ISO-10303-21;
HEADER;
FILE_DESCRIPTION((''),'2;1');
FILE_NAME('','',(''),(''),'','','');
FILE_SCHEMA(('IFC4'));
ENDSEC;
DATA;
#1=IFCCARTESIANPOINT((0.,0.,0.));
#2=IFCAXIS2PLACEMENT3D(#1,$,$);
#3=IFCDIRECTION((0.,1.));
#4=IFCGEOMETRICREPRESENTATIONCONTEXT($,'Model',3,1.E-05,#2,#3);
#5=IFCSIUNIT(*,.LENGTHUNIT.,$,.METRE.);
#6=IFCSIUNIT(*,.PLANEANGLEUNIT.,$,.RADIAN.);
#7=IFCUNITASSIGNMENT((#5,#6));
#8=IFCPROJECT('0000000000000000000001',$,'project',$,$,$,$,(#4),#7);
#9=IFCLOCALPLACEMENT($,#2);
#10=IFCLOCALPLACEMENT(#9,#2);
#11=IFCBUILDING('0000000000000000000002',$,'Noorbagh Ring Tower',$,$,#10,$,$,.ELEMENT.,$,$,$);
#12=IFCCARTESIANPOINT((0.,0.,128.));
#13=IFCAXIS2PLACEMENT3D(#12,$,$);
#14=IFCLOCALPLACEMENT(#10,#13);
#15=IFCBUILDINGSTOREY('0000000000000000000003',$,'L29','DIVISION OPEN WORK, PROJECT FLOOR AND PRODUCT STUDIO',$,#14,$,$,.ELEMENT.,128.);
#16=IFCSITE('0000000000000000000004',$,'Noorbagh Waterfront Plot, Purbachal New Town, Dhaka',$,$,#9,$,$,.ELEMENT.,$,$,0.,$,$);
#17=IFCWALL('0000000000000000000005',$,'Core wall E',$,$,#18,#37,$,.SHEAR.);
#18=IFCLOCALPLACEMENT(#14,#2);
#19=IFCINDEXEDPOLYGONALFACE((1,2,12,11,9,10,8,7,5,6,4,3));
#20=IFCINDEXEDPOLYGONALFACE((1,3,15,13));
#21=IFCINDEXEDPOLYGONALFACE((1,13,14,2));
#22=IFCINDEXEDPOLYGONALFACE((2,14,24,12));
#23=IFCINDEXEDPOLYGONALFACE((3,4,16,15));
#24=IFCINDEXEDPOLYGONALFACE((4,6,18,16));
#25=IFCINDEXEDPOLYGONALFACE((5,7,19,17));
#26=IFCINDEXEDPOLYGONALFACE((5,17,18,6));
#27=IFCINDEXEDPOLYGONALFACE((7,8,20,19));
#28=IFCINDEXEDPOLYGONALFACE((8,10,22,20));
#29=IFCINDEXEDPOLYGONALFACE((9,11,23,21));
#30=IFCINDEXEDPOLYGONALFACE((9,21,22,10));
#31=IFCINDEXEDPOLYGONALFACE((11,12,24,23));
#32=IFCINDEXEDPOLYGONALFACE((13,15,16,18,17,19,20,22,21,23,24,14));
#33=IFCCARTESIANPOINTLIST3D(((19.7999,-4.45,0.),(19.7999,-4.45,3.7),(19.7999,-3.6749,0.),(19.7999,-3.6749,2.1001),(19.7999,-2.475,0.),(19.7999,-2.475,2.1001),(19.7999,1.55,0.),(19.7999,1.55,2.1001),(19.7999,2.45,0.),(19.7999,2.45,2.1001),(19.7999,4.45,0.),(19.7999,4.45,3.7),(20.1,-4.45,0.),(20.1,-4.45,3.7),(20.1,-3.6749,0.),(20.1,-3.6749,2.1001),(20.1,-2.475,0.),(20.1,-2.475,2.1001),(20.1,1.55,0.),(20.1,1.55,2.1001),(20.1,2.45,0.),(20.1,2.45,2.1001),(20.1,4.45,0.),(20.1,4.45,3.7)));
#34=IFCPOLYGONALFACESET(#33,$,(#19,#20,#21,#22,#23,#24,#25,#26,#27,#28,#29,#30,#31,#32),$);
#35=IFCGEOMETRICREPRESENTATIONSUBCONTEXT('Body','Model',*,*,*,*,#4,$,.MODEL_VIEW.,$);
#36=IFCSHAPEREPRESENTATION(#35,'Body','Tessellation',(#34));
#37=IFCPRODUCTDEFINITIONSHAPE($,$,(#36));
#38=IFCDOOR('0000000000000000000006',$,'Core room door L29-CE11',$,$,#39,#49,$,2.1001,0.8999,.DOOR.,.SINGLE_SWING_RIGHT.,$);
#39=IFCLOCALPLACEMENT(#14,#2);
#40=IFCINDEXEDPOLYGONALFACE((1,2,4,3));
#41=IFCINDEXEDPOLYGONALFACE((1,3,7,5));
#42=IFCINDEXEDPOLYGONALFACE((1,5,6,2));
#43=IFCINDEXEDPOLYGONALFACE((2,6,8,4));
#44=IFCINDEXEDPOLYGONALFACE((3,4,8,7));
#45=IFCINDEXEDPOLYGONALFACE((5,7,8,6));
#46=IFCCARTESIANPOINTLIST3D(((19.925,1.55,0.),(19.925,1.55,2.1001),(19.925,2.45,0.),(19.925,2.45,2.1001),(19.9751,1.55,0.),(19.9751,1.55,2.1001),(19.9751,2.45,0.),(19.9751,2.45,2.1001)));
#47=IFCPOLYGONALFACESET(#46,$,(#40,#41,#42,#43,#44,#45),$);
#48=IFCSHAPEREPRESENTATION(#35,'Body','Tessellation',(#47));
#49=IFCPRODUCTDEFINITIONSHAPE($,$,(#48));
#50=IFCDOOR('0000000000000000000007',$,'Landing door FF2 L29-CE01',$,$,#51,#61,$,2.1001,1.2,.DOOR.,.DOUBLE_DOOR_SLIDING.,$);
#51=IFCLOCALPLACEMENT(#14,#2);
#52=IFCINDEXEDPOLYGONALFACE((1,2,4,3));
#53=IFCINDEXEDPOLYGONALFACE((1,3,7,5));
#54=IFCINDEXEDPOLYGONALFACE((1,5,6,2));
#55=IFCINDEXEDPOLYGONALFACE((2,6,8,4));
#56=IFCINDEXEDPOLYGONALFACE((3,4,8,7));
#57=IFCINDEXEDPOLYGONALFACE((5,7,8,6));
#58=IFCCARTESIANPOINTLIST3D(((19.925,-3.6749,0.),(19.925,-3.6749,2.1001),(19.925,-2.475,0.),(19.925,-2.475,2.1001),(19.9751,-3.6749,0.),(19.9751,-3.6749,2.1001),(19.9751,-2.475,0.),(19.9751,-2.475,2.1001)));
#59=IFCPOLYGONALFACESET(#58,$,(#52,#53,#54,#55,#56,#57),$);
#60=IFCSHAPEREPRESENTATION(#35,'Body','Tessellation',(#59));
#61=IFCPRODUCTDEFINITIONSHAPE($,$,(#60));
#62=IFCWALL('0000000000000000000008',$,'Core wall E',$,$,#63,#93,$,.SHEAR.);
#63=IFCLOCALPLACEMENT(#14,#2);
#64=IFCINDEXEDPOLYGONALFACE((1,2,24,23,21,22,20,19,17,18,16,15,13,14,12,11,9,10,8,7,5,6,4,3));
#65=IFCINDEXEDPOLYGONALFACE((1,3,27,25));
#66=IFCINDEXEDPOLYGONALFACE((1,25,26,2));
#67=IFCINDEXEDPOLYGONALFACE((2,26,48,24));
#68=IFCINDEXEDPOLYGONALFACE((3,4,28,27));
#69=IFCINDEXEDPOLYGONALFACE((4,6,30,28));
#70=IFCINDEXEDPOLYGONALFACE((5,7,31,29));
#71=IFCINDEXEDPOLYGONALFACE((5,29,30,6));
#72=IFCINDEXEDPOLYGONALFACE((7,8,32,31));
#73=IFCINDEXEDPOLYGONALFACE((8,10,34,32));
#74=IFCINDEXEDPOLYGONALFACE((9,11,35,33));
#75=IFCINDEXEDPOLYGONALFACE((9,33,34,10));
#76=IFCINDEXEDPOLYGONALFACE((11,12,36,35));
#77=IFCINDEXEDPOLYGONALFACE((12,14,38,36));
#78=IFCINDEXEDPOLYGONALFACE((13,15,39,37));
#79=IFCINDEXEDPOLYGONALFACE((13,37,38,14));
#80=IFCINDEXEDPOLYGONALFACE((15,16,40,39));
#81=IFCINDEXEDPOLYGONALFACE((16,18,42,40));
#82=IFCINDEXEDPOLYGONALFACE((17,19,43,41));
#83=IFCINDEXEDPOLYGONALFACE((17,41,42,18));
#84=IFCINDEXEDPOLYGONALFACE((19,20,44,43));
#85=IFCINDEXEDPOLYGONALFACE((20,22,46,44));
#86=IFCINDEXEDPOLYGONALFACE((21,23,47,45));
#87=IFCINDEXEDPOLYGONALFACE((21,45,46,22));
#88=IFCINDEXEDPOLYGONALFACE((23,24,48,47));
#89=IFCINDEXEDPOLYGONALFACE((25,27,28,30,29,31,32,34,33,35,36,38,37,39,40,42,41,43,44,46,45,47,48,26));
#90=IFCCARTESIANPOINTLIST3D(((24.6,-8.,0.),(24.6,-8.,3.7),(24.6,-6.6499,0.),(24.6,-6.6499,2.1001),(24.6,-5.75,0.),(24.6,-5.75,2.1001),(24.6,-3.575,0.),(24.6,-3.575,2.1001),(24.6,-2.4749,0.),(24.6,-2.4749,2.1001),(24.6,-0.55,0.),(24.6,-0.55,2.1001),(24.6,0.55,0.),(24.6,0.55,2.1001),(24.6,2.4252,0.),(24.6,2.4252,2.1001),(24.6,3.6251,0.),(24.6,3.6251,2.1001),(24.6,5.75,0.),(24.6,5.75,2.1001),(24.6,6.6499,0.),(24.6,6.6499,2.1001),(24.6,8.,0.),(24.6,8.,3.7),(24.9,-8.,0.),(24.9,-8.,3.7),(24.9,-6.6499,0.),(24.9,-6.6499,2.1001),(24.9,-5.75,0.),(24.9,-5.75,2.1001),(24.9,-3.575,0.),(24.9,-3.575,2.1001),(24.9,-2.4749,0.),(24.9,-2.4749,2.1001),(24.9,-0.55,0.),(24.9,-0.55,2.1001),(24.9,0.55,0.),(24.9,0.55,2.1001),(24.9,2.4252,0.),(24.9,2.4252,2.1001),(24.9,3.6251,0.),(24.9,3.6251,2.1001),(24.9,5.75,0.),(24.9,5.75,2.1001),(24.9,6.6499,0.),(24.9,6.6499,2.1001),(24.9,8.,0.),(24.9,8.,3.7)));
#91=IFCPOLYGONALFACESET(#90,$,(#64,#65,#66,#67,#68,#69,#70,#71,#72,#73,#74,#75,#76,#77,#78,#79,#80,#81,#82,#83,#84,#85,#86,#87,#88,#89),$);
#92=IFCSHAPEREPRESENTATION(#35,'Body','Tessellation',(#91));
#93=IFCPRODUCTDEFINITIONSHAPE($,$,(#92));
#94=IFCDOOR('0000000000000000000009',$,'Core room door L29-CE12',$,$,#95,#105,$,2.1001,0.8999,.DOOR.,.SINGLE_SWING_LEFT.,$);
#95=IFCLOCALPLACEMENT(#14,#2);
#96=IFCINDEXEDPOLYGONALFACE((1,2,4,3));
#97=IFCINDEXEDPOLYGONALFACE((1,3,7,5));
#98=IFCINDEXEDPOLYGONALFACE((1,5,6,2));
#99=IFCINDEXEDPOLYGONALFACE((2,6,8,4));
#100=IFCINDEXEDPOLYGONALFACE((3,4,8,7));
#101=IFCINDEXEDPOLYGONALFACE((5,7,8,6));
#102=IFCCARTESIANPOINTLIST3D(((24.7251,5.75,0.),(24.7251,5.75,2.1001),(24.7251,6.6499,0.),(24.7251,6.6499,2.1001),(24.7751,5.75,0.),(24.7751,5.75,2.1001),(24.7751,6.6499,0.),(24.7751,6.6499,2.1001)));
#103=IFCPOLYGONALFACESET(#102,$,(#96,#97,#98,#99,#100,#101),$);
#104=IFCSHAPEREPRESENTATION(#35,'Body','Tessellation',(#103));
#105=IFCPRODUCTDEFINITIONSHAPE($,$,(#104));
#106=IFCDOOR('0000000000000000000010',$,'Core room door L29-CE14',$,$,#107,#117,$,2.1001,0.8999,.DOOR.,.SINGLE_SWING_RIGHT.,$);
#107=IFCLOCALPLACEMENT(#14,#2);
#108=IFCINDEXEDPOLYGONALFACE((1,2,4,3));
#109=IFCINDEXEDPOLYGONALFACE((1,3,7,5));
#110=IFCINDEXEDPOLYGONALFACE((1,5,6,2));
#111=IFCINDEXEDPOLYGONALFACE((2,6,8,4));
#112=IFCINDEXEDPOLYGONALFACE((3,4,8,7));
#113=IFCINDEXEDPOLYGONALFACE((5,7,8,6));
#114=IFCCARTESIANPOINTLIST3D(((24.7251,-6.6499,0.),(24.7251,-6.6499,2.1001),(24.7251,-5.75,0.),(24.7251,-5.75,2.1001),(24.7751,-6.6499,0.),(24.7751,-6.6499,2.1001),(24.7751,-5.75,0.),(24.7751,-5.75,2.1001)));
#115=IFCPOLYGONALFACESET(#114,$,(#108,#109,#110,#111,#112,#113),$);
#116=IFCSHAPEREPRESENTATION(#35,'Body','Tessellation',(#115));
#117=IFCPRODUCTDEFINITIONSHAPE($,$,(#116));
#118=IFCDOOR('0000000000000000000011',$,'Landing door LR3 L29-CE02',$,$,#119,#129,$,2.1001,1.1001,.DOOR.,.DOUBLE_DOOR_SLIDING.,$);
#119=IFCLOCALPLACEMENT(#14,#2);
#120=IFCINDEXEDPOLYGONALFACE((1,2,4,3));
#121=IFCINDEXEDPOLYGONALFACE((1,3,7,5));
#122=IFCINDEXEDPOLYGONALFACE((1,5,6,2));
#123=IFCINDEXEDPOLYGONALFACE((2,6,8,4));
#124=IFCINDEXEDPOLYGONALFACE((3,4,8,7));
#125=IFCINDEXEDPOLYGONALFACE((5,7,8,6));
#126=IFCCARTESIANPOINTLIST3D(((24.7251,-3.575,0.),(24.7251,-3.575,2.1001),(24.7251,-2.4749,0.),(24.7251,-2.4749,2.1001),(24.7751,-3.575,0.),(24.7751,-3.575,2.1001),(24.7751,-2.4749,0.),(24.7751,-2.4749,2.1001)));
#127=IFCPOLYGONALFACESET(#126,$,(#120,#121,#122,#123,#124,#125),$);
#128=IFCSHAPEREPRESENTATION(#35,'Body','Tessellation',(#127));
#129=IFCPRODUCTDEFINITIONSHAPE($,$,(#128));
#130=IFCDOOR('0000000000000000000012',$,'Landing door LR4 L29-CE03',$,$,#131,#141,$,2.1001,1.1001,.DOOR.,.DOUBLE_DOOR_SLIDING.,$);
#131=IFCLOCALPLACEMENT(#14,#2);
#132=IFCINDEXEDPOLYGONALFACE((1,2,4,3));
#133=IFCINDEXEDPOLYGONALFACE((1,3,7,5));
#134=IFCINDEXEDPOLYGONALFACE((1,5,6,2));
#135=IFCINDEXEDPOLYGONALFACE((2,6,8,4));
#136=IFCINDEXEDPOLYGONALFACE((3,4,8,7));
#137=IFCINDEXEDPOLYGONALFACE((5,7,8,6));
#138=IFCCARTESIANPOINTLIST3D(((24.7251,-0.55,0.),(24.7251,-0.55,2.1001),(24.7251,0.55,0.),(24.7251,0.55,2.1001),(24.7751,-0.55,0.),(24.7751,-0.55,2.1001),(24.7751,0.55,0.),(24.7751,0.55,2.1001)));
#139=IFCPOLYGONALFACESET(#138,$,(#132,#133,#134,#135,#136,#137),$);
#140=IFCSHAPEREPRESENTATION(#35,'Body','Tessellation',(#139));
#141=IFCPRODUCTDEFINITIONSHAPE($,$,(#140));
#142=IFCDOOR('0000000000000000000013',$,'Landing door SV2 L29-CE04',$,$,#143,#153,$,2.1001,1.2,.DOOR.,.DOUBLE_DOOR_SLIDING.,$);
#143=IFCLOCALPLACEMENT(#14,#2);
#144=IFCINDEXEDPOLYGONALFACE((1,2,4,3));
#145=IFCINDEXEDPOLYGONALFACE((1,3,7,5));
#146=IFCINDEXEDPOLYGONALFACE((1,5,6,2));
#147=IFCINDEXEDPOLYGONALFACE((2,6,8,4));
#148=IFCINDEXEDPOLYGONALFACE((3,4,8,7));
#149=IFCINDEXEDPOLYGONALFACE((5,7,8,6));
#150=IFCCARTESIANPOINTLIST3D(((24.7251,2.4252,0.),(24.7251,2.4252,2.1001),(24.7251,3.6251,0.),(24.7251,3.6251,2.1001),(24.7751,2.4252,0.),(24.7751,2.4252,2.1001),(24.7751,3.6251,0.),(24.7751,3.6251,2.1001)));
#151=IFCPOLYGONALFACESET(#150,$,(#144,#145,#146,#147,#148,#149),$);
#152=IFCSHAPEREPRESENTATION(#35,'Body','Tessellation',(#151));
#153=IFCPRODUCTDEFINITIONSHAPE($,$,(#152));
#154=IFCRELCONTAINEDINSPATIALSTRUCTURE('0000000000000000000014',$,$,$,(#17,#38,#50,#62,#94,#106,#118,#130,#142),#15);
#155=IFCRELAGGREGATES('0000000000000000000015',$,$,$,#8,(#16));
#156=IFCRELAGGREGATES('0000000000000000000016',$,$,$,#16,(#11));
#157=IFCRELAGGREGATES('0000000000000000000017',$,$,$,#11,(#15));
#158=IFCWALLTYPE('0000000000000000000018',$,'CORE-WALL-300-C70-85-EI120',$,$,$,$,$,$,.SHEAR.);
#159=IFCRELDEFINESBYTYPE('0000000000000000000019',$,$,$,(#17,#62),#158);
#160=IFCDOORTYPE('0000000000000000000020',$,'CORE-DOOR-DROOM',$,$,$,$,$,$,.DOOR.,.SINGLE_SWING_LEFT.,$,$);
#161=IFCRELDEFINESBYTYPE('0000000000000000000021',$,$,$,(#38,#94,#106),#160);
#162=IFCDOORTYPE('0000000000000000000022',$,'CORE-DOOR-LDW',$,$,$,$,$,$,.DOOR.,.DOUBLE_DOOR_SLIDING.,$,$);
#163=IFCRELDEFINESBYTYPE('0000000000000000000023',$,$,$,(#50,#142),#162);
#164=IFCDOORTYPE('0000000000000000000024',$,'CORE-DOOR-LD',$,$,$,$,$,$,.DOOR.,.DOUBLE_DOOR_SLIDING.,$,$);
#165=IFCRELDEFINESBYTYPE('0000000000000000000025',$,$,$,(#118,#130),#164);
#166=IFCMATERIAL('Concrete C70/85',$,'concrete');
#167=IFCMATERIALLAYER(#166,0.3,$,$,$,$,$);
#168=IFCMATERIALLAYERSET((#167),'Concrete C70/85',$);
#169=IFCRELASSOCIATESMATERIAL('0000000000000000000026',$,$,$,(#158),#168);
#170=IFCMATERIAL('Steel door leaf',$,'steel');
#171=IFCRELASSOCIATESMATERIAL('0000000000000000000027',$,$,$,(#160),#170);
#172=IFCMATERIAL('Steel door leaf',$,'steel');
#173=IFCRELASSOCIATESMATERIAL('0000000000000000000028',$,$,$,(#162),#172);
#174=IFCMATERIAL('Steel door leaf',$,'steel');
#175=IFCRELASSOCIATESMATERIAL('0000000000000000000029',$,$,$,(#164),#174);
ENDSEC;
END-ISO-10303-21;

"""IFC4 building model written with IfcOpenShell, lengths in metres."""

from ifc_helpers import new_model, si_unit, direction, frame, frame_2d, origin, place, context, subcontext, project, spatial, rectangle, extrude, material, layer, layer_set, type_object, element, fill, save


model = new_model("IFC4")

# Units and contexts
model_context = context("Model", 3, precision=1e-05, world=origin(), true_north=direction((0.0, 1.0)))
body_context = subcontext(model_context, "Body", "Model", "MODEL_VIEW")
ifc_project = project(units=[si_unit("LENGTHUNIT", "METRE"), si_unit("PLANEANGLEUNIT", "RADIAN")], contexts=[model_context])

# Site, building, storey
site_placement = place(None, origin())
site = spatial("IfcSite", under=ifc_project, at=site_placement, Name="Noorbagh Waterfront Plot, Purbachal New Town, Dhaka", CompositionType="ELEMENT", RefElevation=0.0)
building_placement = place(site_placement, origin())
building = spatial("IfcBuilding", under=site, at=building_placement, Name="Noorbagh Ring Tower", CompositionType="ELEMENT")
storey_placement = place(building_placement, frame((0.0, 0.0, 128.0)))
storey = spatial("IfcBuildingStorey", under=building, at=storey_placement, Name="L29", Description="DIVISION OPEN WORK, PROJECT FLOOR AND PRODUCT STUDIO", CompositionType="ELEMENT", Elevation=128.0)

# Shared definitions
ifc_material_1 = material(Name="Concrete C70/85", Category="concrete")
ifc_layer_1 = layer(ifc_material_1, 0.3)
ifc_layer_set_1 = layer_set([ifc_layer_1], Name="Concrete C70/85")
wall_type_1 = type_object("IfcWallType", Name="CORE-WALL-300-C70-85-EI120", PredefinedType="SHEAR", material=ifc_layer_set_1)

# Walls, openings, doors
wall_1_placement = place(storey_placement, frame((19.95, -4.45, 0.0), z_axis=(0.0, 0.0, 1.0), x_axis=(0.0, 1.0, 0.0)))
wall_1 = element("IfcWall", 1, at=wall_1_placement, inside=storey, type_object=wall_type_1, Name="Core wall E", PredefinedType="SHEAR", context=body_context, shape_type="SweptSolid", body=[
    extrude(rectangle(XDim=8.8999, YDim=0.3, at=frame_2d((4.45, 0.0))), origin(), (0.0, 0.0, 1.0), 3.7),
])
opening_1_placement = place(wall_1_placement, frame((0.7749, 0.0, 0.0)))
opening_1 = element("IfcOpeningElement", 2, at=opening_1_placement, cuts=wall_1, PredefinedType="OPENING", context=body_context, shape_type="SweptSolid", body=[
    extrude(rectangle(XDim=1.2, YDim=2.1001, at=frame_2d((0.6001, 1.05))), frame((0.0, 0.1602, 0.0), z_axis=(0.0, -1.0, 0.0), x_axis=(1.0, 0.0, 0.0)), (0.0, 0.0, 1.0), 0.3201),
])
opening_2_placement = place(wall_1_placement, frame((6.0, 0.0, 0.0)))
opening_2 = element("IfcOpeningElement", 3, at=opening_2_placement, cuts=wall_1, PredefinedType="OPENING", context=body_context, shape_type="SweptSolid", body=[
    extrude(rectangle(XDim=0.8999, YDim=2.1001, at=frame_2d((0.45, 1.05))), frame((0.0, 0.1602, 0.0), z_axis=(0.0, -1.0, 0.0), x_axis=(1.0, 0.0, 0.0)), (0.0, 0.0, 1.0), 0.3201),
])
ifc_material_2 = material(Name="Steel door leaf", Category="steel")
door_type_1 = type_object("IfcDoorType", Name="CORE-DOOR-DROOM", OperationType="SINGLE_SWING_LEFT", PredefinedType="DOOR", material=ifc_material_2)
door_1_placement = place(opening_2_placement, origin())
door_1 = element("IfcDoor", 4, at=door_1_placement, inside=storey, type_object=door_type_1, Name="Core room door L29-CE11", OperationType="SINGLE_SWING_RIGHT", OverallHeight=2.1001, OverallWidth=0.8999, PredefinedType="DOOR", context=body_context, shape_type="SweptSolid", body=[
    extrude(rectangle(XDim=0.8999, YDim=2.1001, at=frame_2d((0.45, 1.05))), frame((0.0, 0.0249, 0.0), z_axis=(0.0, -1.0, 0.0), x_axis=(1.0, 0.0, 0.0)), (0.0, 0.0, 1.0), 0.05),
])
fill(opening_2, door_1)
ifc_material_3 = material(Name="Steel door leaf", Category="steel")
door_type_2 = type_object("IfcDoorType", Name="CORE-DOOR-LDW", OperationType="DOUBLE_DOOR_SLIDING", PredefinedType="DOOR", material=ifc_material_3)
door_2_placement = place(opening_1_placement, origin())
door_2 = element("IfcDoor", 5, at=door_2_placement, inside=storey, type_object=door_type_2, Name="Landing door FF2 L29-CE01", OperationType="DOUBLE_DOOR_SLIDING", OverallHeight=2.1001, OverallWidth=1.2, PredefinedType="DOOR", context=body_context, shape_type="SweptSolid", body=[
    extrude(rectangle(XDim=1.2, YDim=2.1001, at=frame_2d((0.6001, 1.05))), frame((0.0, 0.0249, 0.0), z_axis=(0.0, -1.0, 0.0), x_axis=(1.0, 0.0, 0.0)), (0.0, 0.0, 1.0), 0.05),
])
fill(opening_1, door_2)
wall_2_placement = place(storey_placement, frame((24.75, -8.0, 0.0), z_axis=(0.0, 0.0, 1.0), x_axis=(0.0, 1.0, 0.0)))
wall_2 = element("IfcWall", 6, at=wall_2_placement, inside=storey, type_object=wall_type_1, Name="Core wall E", PredefinedType="SHEAR", context=body_context, shape_type="SweptSolid", body=[
    extrude(rectangle(XDim=16.0, YDim=0.3, at=frame_2d((8.0, 0.0))), origin(), (0.0, 0.0, 1.0), 3.7),
])
opening_3_placement = place(wall_2_placement, frame((4.425, 0.0, 0.0)))
opening_3 = element("IfcOpeningElement", 7, at=opening_3_placement, cuts=wall_2, PredefinedType="OPENING", context=body_context, shape_type="SweptSolid", body=[
    extrude(rectangle(XDim=1.1001, YDim=2.1001, at=frame_2d((0.55, 1.05))), frame((0.0, 0.1602, 0.0), z_axis=(0.0, -1.0, 0.0), x_axis=(1.0, 0.0, 0.0)), (0.0, 0.0, 1.0), 0.3201),
])
opening_4_placement = place(wall_2_placement, frame((7.45, 0.0, 0.0)))
opening_4 = element("IfcOpeningElement", 8, at=opening_4_placement, cuts=wall_2, PredefinedType="OPENING", context=body_context, shape_type="SweptSolid", body=[
    extrude(rectangle(XDim=1.1001, YDim=2.1001, at=frame_2d((0.55, 1.05))), frame((0.0, 0.1602, 0.0), z_axis=(0.0, -1.0, 0.0), x_axis=(1.0, 0.0, 0.0)), (0.0, 0.0, 1.0), 0.3201),
])
opening_5_placement = place(wall_2_placement, frame((10.425, 0.0, 0.0)))
opening_5 = element("IfcOpeningElement", 9, at=opening_5_placement, cuts=wall_2, PredefinedType="OPENING", context=body_context, shape_type="SweptSolid", body=[
    extrude(rectangle(XDim=1.2, YDim=2.1001, at=frame_2d((0.6001, 1.05))), frame((0.0, 0.1602, 0.0), z_axis=(0.0, -1.0, 0.0), x_axis=(1.0, 0.0, 0.0)), (0.0, 0.0, 1.0), 0.3201),
])
opening_6_placement = place(wall_2_placement, frame((13.75, 0.0, 0.0)))
opening_6 = element("IfcOpeningElement", 10, at=opening_6_placement, cuts=wall_2, PredefinedType="OPENING", context=body_context, shape_type="SweptSolid", body=[
    extrude(rectangle(XDim=0.8999, YDim=2.1001, at=frame_2d((0.45, 1.05))), frame((0.0, 0.1602, 0.0), z_axis=(0.0, -1.0, 0.0), x_axis=(1.0, 0.0, 0.0)), (0.0, 0.0, 1.0), 0.3201),
])
opening_7_placement = place(wall_2_placement, frame((1.3501, 0.0, 0.0)))
opening_7 = element("IfcOpeningElement", 11, at=opening_7_placement, cuts=wall_2, PredefinedType="OPENING", context=body_context, shape_type="SweptSolid", body=[
    extrude(rectangle(XDim=0.8999, YDim=2.1001, at=frame_2d((0.45, 1.05))), frame((0.0, 0.1602, 0.0), z_axis=(0.0, -1.0, 0.0), x_axis=(1.0, 0.0, 0.0)), (0.0, 0.0, 1.0), 0.3201),
])
door_3_placement = place(opening_6_placement, origin())
door_3 = element("IfcDoor", 12, at=door_3_placement, inside=storey, type_object=door_type_1, Name="Core room door L29-CE12", OperationType="SINGLE_SWING_LEFT", OverallHeight=2.1001, OverallWidth=0.8999, PredefinedType="DOOR", context=body_context, shape_type="SweptSolid", body=[
    extrude(rectangle(XDim=0.8999, YDim=2.1001, at=frame_2d((0.45, 1.05))), frame((0.0, 0.0249, 0.0), z_axis=(0.0, -1.0, 0.0), x_axis=(1.0, 0.0, 0.0)), (0.0, 0.0, 1.0), 0.05),
])
fill(opening_6, door_3)
door_4_placement = place(opening_7_placement, origin())
door_4 = element("IfcDoor", 13, at=door_4_placement, inside=storey, type_object=door_type_1, Name="Core room door L29-CE14", OperationType="SINGLE_SWING_RIGHT", OverallHeight=2.1001, OverallWidth=0.8999, PredefinedType="DOOR", context=body_context, shape_type="SweptSolid", body=[
    extrude(rectangle(XDim=0.8999, YDim=2.1001, at=frame_2d((0.45, 1.05))), frame((0.0, 0.0249, 0.0), z_axis=(0.0, -1.0, 0.0), x_axis=(1.0, 0.0, 0.0)), (0.0, 0.0, 1.0), 0.05),
])
fill(opening_7, door_4)
ifc_material_4 = material(Name="Steel door leaf", Category="steel")
door_type_3 = type_object("IfcDoorType", Name="CORE-DOOR-LD", OperationType="DOUBLE_DOOR_SLIDING", PredefinedType="DOOR", material=ifc_material_4)
door_5_placement = place(opening_3_placement, origin())
door_5 = element("IfcDoor", 14, at=door_5_placement, inside=storey, type_object=door_type_3, Name="Landing door LR3 L29-CE02", OperationType="DOUBLE_DOOR_SLIDING", OverallHeight=2.1001, OverallWidth=1.1001, PredefinedType="DOOR", context=body_context, shape_type="SweptSolid", body=[
    extrude(rectangle(XDim=1.1001, YDim=2.1001, at=frame_2d((0.55, 1.05))), frame((0.0, 0.0249, 0.0), z_axis=(0.0, -1.0, 0.0), x_axis=(1.0, 0.0, 0.0)), (0.0, 0.0, 1.0), 0.05),
])
fill(opening_3, door_5)
door_6_placement = place(opening_4_placement, origin())
door_6 = element("IfcDoor", 15, at=door_6_placement, inside=storey, type_object=door_type_3, Name="Landing door LR4 L29-CE03", OperationType="DOUBLE_DOOR_SLIDING", OverallHeight=2.1001, OverallWidth=1.1001, PredefinedType="DOOR", context=body_context, shape_type="SweptSolid", body=[
    extrude(rectangle(XDim=1.1001, YDim=2.1001, at=frame_2d((0.55, 1.05))), frame((0.0, 0.0249, 0.0), z_axis=(0.0, -1.0, 0.0), x_axis=(1.0, 0.0, 0.0)), (0.0, 0.0, 1.0), 0.05),
])
fill(opening_4, door_6)
door_7_placement = place(opening_5_placement, origin())
door_7 = element("IfcDoor", 16, at=door_7_placement, inside=storey, type_object=door_type_2, Name="Landing door SV2 L29-CE04", OperationType="DOUBLE_DOOR_SLIDING", OverallHeight=2.1001, OverallWidth=1.2, PredefinedType="DOOR", context=body_context, shape_type="SweptSolid", body=[
    extrude(rectangle(XDim=1.2, YDim=2.1001, at=frame_2d((0.6001, 1.05))), frame((0.0, 0.0249, 0.0), z_axis=(0.0, -1.0, 0.0), x_axis=(1.0, 0.0, 0.0)), (0.0, 0.0, 1.0), 0.05),
])
fill(opening_5, door_7)

save(model, "model.ifc")
